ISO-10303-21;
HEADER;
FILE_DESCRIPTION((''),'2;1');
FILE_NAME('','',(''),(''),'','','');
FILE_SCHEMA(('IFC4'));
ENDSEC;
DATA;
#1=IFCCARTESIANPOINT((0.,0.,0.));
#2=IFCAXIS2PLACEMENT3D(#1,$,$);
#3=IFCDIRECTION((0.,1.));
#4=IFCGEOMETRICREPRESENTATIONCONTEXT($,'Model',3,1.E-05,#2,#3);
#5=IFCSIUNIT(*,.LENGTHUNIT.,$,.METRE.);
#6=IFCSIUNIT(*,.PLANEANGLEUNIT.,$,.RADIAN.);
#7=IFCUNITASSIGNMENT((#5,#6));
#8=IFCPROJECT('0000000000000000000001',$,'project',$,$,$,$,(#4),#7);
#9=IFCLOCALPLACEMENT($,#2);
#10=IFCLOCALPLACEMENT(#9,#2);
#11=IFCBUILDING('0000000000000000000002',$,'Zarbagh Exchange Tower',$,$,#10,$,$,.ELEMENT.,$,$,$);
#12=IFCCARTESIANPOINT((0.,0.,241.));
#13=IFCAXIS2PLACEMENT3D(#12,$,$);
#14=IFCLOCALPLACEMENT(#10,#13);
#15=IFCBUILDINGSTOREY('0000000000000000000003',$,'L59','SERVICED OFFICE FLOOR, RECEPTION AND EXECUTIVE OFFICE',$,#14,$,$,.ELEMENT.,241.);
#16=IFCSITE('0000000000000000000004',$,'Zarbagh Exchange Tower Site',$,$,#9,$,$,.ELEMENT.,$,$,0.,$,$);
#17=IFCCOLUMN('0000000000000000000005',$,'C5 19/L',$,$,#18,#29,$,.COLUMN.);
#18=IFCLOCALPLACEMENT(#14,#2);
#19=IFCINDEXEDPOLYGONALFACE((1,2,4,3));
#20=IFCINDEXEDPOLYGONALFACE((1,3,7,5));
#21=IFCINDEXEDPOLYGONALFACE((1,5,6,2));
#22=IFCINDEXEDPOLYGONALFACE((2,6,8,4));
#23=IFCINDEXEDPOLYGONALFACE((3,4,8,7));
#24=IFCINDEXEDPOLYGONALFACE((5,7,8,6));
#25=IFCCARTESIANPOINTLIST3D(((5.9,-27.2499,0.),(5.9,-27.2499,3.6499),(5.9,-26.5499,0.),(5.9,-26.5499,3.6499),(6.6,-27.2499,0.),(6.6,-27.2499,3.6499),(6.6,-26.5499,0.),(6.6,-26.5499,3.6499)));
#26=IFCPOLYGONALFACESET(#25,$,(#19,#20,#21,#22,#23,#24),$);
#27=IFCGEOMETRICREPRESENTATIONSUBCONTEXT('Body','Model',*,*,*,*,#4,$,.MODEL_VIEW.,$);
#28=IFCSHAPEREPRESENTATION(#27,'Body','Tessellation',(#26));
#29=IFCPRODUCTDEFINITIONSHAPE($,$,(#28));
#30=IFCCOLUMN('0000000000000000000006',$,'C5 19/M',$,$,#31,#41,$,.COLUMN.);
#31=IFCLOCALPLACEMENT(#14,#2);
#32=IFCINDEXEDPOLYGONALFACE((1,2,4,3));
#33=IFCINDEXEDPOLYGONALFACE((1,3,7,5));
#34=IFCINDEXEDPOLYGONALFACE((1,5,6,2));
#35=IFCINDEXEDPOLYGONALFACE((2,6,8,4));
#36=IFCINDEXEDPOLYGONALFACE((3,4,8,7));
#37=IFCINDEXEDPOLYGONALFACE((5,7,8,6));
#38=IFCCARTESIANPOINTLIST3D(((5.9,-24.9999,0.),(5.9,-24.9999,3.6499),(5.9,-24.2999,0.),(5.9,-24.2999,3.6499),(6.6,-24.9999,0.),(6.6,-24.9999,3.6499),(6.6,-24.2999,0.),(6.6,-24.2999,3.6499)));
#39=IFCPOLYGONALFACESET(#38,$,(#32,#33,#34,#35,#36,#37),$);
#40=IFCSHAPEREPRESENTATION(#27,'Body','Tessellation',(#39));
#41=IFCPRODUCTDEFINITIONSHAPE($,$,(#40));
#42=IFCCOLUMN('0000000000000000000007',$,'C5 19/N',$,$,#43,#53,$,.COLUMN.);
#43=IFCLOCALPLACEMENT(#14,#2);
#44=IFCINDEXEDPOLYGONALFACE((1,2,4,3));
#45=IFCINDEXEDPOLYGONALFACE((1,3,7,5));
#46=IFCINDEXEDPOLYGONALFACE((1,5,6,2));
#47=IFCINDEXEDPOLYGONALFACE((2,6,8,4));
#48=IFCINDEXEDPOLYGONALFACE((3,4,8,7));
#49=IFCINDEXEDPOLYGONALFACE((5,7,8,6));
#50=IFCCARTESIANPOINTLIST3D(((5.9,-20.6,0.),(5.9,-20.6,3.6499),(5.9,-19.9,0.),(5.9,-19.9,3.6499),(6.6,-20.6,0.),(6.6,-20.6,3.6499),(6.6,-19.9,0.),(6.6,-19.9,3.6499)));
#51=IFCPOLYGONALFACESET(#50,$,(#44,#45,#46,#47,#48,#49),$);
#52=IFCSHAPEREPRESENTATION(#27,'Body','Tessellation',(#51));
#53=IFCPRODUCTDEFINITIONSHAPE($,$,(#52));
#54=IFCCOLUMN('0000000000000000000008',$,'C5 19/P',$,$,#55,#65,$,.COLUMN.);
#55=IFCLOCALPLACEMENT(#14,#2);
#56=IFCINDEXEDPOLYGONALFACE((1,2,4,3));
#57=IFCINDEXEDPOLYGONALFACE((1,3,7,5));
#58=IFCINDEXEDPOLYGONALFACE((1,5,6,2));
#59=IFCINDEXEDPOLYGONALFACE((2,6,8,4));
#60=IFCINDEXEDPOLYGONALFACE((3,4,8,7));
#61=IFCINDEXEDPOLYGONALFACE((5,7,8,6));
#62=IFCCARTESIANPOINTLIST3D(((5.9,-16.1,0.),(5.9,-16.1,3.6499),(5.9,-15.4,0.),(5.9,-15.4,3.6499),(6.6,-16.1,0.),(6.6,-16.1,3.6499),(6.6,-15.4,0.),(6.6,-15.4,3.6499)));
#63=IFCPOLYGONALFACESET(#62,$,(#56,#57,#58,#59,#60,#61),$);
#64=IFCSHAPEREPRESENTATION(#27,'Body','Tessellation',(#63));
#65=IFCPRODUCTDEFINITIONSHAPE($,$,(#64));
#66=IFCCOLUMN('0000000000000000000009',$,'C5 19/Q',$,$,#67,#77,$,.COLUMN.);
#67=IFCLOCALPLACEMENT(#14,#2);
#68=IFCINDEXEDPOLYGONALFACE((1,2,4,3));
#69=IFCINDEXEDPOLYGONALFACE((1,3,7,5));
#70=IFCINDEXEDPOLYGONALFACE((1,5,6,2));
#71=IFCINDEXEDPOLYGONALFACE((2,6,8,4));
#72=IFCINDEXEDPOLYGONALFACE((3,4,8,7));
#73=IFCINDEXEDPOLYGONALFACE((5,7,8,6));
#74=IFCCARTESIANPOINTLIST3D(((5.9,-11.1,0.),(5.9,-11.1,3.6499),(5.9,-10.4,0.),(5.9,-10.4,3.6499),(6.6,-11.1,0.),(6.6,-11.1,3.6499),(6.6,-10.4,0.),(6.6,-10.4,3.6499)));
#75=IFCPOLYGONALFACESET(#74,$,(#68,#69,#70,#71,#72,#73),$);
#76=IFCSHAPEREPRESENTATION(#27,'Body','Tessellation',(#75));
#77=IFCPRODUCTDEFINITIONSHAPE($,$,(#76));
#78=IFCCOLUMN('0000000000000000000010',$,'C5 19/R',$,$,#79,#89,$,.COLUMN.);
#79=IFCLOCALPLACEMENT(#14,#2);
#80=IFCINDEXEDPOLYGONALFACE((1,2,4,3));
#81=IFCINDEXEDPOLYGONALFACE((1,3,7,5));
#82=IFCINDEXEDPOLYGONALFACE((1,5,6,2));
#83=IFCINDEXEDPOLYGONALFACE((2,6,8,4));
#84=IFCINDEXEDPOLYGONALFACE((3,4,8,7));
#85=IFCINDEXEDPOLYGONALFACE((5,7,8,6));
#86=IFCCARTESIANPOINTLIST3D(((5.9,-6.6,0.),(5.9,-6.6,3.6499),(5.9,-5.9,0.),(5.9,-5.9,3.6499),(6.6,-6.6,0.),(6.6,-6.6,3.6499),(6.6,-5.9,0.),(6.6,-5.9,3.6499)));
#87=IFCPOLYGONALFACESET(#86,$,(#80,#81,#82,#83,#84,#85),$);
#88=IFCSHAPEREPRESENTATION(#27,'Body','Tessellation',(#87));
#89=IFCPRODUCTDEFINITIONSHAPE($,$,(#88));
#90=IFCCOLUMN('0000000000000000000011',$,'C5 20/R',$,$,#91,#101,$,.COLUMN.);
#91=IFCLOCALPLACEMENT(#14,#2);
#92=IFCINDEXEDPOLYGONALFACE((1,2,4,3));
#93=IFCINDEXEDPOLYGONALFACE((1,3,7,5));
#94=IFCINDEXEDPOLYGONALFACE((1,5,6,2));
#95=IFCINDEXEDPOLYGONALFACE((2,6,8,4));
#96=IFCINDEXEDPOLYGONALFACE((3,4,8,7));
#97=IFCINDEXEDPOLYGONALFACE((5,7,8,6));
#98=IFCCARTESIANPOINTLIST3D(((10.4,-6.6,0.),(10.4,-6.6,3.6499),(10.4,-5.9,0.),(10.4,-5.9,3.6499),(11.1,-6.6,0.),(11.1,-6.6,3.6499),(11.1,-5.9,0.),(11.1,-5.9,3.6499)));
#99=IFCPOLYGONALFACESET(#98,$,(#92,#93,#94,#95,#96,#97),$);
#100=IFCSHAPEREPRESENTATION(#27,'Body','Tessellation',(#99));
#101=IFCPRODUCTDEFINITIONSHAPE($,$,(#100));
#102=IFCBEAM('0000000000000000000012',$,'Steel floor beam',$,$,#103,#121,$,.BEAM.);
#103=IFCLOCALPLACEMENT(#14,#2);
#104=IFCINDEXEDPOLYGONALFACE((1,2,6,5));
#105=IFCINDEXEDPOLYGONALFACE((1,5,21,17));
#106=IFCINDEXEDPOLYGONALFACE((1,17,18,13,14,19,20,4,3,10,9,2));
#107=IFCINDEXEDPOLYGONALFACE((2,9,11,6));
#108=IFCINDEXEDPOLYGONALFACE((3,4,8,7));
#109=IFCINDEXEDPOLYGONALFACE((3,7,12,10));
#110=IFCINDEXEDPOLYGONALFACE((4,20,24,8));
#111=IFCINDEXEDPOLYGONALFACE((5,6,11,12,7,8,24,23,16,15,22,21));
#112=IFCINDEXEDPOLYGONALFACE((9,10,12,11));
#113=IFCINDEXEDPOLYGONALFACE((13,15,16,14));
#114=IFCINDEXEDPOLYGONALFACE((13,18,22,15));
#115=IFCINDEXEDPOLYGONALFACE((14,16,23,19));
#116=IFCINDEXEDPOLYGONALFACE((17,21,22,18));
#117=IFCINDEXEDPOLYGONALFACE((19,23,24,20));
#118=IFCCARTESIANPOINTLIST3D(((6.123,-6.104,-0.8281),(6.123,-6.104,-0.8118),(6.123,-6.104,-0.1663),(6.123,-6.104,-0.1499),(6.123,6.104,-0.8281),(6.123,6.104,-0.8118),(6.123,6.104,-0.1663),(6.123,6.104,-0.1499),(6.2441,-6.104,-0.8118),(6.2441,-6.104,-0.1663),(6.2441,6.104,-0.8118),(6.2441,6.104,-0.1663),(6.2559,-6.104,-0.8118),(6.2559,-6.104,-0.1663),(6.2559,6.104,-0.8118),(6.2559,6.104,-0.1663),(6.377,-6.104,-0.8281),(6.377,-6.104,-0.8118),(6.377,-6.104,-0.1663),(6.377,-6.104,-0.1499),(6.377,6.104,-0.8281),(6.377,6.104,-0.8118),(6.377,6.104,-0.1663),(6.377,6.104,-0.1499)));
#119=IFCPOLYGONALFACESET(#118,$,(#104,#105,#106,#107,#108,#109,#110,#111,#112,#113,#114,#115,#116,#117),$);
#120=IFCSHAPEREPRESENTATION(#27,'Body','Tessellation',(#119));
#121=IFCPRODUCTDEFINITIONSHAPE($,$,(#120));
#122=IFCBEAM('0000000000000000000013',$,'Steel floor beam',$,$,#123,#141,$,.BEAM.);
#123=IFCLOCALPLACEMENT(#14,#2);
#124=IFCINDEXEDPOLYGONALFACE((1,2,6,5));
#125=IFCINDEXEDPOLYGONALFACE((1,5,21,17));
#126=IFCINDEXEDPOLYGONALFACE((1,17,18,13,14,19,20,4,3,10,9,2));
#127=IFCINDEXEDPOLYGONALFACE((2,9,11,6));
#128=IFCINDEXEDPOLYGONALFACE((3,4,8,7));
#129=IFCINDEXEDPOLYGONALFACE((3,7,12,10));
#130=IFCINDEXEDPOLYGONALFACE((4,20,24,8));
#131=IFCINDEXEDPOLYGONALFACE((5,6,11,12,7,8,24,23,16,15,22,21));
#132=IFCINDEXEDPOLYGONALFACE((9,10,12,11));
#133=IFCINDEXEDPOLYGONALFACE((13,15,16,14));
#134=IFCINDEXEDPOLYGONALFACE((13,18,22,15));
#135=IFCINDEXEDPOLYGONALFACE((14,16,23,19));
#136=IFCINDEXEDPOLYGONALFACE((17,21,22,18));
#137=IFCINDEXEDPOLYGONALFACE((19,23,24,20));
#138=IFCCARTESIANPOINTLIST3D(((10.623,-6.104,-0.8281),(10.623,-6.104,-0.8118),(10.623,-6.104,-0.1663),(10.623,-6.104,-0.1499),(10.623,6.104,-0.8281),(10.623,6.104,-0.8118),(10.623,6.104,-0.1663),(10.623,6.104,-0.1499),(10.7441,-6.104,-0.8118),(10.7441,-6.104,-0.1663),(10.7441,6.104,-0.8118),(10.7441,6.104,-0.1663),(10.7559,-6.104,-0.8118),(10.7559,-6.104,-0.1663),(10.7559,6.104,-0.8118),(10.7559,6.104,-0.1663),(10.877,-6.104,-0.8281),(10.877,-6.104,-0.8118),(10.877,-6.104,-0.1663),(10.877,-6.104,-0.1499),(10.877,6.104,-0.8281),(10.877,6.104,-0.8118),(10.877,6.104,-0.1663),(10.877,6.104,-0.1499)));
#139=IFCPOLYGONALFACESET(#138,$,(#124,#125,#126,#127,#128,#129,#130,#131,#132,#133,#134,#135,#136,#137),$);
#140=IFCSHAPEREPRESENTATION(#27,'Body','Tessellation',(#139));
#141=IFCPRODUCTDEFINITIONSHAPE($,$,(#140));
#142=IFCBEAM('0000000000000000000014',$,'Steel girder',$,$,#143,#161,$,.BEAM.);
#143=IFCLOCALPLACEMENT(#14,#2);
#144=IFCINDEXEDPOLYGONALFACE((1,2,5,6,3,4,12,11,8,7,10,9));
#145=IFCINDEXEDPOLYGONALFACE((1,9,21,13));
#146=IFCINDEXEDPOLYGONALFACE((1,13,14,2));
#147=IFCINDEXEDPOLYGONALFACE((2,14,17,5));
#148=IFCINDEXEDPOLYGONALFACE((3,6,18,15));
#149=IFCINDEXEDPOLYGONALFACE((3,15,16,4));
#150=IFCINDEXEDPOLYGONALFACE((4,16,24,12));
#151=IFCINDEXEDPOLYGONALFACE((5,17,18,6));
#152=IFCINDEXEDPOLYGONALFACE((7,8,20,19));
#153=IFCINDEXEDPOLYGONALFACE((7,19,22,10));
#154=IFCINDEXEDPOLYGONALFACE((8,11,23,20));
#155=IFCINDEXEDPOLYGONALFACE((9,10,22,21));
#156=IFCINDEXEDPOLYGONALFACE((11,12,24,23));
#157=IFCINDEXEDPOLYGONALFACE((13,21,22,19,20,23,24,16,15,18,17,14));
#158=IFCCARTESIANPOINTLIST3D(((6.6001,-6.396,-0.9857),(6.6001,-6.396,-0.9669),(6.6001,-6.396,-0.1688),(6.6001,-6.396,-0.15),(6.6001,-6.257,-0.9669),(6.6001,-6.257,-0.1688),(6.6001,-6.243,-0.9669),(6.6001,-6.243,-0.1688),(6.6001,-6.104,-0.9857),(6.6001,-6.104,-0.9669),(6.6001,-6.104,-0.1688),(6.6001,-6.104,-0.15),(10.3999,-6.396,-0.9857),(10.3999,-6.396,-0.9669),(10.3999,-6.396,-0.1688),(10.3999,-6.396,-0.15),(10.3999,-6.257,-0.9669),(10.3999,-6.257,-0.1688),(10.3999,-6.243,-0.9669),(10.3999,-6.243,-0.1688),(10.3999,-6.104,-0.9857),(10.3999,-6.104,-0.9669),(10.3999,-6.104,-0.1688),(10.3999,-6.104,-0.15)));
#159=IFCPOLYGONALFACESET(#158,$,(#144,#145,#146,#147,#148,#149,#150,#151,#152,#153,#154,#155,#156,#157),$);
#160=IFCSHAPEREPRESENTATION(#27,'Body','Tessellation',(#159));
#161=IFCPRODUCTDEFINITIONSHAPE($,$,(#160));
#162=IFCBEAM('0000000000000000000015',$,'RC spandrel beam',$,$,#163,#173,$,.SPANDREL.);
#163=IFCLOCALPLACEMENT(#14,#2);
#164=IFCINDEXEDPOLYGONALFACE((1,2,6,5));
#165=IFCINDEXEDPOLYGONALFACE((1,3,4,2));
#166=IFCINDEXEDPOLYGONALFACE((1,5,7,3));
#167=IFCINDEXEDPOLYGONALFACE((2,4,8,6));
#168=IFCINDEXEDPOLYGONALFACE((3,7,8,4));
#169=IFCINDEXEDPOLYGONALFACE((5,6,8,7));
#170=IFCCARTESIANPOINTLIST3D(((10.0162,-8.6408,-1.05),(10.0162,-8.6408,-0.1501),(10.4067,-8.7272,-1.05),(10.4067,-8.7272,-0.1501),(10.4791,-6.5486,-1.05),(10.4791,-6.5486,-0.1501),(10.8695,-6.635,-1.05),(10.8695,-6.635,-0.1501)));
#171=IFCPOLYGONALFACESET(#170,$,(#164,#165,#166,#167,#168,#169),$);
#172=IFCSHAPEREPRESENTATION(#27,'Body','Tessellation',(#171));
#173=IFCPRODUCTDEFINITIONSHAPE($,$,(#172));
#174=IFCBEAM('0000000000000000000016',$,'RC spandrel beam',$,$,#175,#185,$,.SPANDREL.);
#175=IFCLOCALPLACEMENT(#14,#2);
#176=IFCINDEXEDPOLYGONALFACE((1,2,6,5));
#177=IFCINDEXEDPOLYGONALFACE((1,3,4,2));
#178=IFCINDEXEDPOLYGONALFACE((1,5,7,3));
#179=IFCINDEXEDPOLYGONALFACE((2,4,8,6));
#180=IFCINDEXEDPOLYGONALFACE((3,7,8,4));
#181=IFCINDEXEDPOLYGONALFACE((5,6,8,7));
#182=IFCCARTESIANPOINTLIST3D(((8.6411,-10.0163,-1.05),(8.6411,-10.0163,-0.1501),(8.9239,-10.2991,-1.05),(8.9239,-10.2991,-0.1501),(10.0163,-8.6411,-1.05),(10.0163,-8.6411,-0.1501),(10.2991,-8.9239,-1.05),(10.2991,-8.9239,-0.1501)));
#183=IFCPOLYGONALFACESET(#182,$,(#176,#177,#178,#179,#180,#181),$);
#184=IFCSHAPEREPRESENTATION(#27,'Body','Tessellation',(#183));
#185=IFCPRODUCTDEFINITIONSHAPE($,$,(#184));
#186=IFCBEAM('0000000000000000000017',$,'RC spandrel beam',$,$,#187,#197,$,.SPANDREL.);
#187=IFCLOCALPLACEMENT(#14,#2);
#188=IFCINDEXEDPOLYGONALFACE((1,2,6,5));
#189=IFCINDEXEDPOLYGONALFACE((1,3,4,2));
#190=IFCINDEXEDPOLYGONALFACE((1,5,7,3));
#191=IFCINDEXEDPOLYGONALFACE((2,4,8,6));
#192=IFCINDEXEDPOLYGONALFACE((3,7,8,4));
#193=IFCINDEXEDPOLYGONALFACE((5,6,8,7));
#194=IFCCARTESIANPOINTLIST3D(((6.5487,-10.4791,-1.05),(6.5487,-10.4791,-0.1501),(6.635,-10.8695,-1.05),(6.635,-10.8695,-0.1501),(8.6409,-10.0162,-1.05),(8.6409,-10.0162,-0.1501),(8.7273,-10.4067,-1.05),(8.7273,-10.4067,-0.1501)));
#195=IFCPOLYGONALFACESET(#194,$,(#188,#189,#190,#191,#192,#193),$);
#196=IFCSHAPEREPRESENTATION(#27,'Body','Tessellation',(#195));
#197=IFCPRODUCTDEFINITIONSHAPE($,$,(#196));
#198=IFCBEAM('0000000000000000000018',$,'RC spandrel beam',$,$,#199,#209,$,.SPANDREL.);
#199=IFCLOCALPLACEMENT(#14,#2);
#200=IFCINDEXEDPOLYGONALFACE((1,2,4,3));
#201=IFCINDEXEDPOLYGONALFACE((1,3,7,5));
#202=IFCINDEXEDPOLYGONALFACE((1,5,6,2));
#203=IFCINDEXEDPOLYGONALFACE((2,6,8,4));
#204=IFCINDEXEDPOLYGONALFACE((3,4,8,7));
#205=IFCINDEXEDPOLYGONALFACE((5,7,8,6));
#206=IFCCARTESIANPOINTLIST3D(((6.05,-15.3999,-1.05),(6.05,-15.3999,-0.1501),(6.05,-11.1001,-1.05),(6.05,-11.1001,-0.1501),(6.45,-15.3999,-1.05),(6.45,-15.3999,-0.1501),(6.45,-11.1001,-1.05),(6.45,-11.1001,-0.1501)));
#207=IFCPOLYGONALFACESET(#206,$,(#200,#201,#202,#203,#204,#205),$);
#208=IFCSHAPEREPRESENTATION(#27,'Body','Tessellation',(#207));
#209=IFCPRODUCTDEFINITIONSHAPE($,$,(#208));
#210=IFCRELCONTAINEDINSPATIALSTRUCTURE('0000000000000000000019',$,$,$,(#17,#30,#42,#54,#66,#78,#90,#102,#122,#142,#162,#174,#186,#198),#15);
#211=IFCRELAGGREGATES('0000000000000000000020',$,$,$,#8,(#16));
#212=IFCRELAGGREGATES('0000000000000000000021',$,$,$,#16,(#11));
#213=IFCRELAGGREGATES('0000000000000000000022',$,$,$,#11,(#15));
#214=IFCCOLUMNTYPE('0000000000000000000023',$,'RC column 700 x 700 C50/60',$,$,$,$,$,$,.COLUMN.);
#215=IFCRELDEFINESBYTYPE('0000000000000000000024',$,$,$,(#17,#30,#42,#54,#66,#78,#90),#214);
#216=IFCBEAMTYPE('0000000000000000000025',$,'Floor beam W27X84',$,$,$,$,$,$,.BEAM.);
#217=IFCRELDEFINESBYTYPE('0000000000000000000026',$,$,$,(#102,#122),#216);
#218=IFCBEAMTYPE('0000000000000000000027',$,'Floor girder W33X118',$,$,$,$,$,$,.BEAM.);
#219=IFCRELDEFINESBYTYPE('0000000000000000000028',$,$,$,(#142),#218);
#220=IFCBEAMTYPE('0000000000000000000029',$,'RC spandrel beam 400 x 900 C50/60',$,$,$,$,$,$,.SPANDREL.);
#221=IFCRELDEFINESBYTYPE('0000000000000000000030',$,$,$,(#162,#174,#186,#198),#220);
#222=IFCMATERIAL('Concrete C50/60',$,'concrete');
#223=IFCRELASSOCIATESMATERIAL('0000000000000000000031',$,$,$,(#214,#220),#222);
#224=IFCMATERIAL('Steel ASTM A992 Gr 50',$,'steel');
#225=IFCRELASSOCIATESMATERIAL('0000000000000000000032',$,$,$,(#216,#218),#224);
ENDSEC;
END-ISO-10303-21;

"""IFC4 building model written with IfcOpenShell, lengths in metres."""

from ifc_helpers import new_model, si_unit, direction, frame, origin, origin_2d, place, context, subcontext, project, spatial, rectangle, i_section, extrude, material, material_profile, profile_set, type_object, element, save


model = new_model("IFC4")

# Units and contexts
model_context = context("Model", 3, precision=1e-05, world=origin(), true_north=direction((0.0, 1.0)))
body_context = subcontext(model_context, "Body", "Model", "MODEL_VIEW")
ifc_project = project(units=[si_unit("LENGTHUNIT", "METRE"), si_unit("PLANEANGLEUNIT", "RADIAN")], contexts=[model_context])

# Site, building, storey
site_placement = place(None, origin())
site = spatial("IfcSite", under=ifc_project, at=site_placement, Name="Zarbagh Exchange Tower Site", CompositionType="ELEMENT", RefElevation=0.0)
building_placement = place(site_placement, origin())
building = spatial("IfcBuilding", under=site, at=building_placement, Name="Zarbagh Exchange Tower", CompositionType="ELEMENT")
storey_placement = place(building_placement, frame((0.0, 0.0, 241.0)))
storey = spatial("IfcBuildingStorey", under=building, at=storey_placement, Name="L59", Description="SERVICED OFFICE FLOOR, RECEPTION AND EXECUTIVE OFFICE", CompositionType="ELEMENT", Elevation=241.0)

# Columns
ifc_material_1 = material(Name="Concrete C50/60", Category="concrete")
ifc_material_profile_1 = material_profile(ifc_material_1, rectangle(XDim=0.7, YDim=0.7, at=origin_2d()), Name="RC column 700 x 700 C50/60")
ifc_profile_set_1 = profile_set([ifc_material_profile_1], Name="Concrete C50/60")
column_type = type_object("IfcColumnType", Name="RC column 700 x 700 C50/60", PredefinedType="COLUMN", material=ifc_profile_set_1)
for number, where, z_axis, x_axis, name in (
    (1, (6.25, -26.8999, 0.0), (0.0, 0.0, 1.0), (1.0, 0.0, 0.0), "C5 19/L"),
    (2, (6.25, -24.6499, 0.0), (0.0, 0.0, 1.0), (1.0, 0.0, 0.0), "C5 19/M"),
    (3, (6.25, -20.25, 0.0), (0.0, 0.0, 1.0), (1.0, 0.0, 0.0), "C5 19/N"),
    (4, (6.25, -15.75, 0.0), (0.0, 0.0, 1.0), (1.0, 0.0, 0.0), "C5 19/P"),
    (5, (6.25, -10.75, 0.0), (0.0, 0.0, 1.0), (1.0, 0.0, 0.0), "C5 19/Q"),
    (6, (6.25, -6.25, 0.0), (0.0, 0.0, 1.0), (1.0, 0.0, 0.0), "C5 19/R"),
    (7, (10.75, -6.25, 0.0), (0.0, 0.0, 1.0), (1.0, 0.0, 0.0), "C5 20/R"),
):
    element("IfcColumn", number, at=place(storey_placement, frame(where, z_axis=z_axis, x_axis=x_axis)), inside=storey, type_object=column_type, Name=name, PredefinedType="COLUMN", context=body_context, shape_type="SweptSolid", body=[
        extrude(rectangle(XDim=0.7, YDim=0.7, at=origin_2d()), origin(), (0.0, 0.0, 1.0), 3.6499),
    ])

# Beams
ifc_material_2 = material(Name="Steel ASTM A992 Gr 50", Category="steel")
ifc_material_profile_2 = material_profile(ifc_material_2, i_section(OverallWidth=0.2539, OverallDepth=0.6782, WebThickness=0.0117, FlangeThickness=0.0164, at=origin_2d()), Name="W27X84")
ifc_profile_set_2 = profile_set([ifc_material_profile_2], Name="Steel ASTM A992 Gr 50")
beam_type_1 = type_object("IfcBeamType", Name="Floor beam W27X84", PredefinedType="BEAM", material=ifc_profile_set_2)
for number, where, z_axis, x_axis, name in (
    (8, (6.25, -6.104, -0.489), (0.0, 1.0, 0.0), (-1.0, 0.0, 0.0), "Steel floor beam"),
    (9, (10.75, -6.104, -0.489), (0.0, 1.0, 0.0), (-1.0, 0.0, 0.0), "Steel floor beam"),
):
    element("IfcBeam", number, at=place(storey_placement, frame(where, z_axis=z_axis, x_axis=x_axis)), inside=storey, type_object=beam_type_1, Name=name, PredefinedType="BEAM", context=body_context, shape_type="SweptSolid", body=[
        extrude(i_section(OverallWidth=0.2539, OverallDepth=0.6782, WebThickness=0.0117, FlangeThickness=0.0164, at=origin_2d()), origin(), (0.0, 0.0, 1.0), 12.208),
    ])
ifc_material_profile_3 = material_profile(ifc_material_2, i_section(OverallWidth=0.292, OverallDepth=0.8357, WebThickness=0.0139, FlangeThickness=0.0188, at=origin_2d()), Name="W33X118")
ifc_profile_set_3 = profile_set([ifc_material_profile_3], Name="Steel ASTM A992 Gr 50")
beam_type_2 = type_object("IfcBeamType", Name="Floor girder W33X118", PredefinedType="BEAM", material=ifc_profile_set_3)
beam_1_placement = place(storey_placement, frame((6.6001, -6.25, -0.5679), z_axis=(1.0, 0.0, 0.0), x_axis=(0.0, 1.0, 0.0)))
element("IfcBeam", 10, at=beam_1_placement, inside=storey, type_object=beam_type_2, Name="Steel girder", PredefinedType="BEAM", context=body_context, shape_type="SweptSolid", body=[
    extrude(i_section(OverallWidth=0.292, OverallDepth=0.8357, WebThickness=0.0139, FlangeThickness=0.0188, at=origin_2d()), origin(), (0.0, 0.0, 1.0), 3.7998),
])
ifc_material_profile_4 = material_profile(ifc_material_1, rectangle(XDim=0.3999, YDim=0.8999, at=origin_2d()), Name="RC spandrel beam 400 x 900 C50/60")
ifc_profile_set_4 = profile_set([ifc_material_profile_4], Name="Concrete C50/60")
beam_type_3 = type_object("IfcBeamType", Name="RC spandrel beam 400 x 900 C50/60", PredefinedType="SPANDREL", material=ifc_profile_set_4)
beam_2_placement = place(storey_placement, frame((10.6743, -6.5918, -0.6001), z_axis=(-0.216014, -0.97639, 0.0), x_axis=(0.97639, -0.216014, 0.0)))
element("IfcBeam", 11, at=beam_2_placement, inside=storey, type_object=beam_type_3, Name="RC spandrel beam", PredefinedType="SPANDREL", context=body_context, shape_type="SweptSolid", body=[
    extrude(rectangle(XDim=0.3999, YDim=0.8999, at=origin_2d()), origin(), (0.0, 0.0, 1.0), 2.1428),
])
beam_3_placement = place(storey_placement, frame((10.1577, -8.7825, -0.6001), z_axis=(-0.707107, -0.707107, 0.0), x_axis=(0.707107, -0.707107, 0.0)))
element("IfcBeam", 12, at=beam_3_placement, inside=storey, type_object=beam_type_3, Name="RC spandrel beam", PredefinedType="SPANDREL", context=body_context, shape_type="SweptSolid", body=[
    extrude(rectangle(XDim=0.3999, YDim=0.8999, at=origin_2d()), origin(), (0.0, 0.0, 1.0), 1.9448),
])
beam_4_placement = place(storey_placement, frame((8.6841, -10.2114, -0.6001), z_axis=(-0.97639, -0.216014, 0.0), x_axis=(0.216014, -0.97639, 0.0)))
element("IfcBeam", 13, at=beam_4_placement, inside=storey, type_object=beam_type_3, Name="RC spandrel beam", PredefinedType="SPANDREL", context=body_context, shape_type="SweptSolid", body=[
    extrude(rectangle(XDim=0.3999, YDim=0.8999, at=origin_2d()), origin(), (0.0, 0.0, 1.0), 2.1428),
])
beam_5_placement = place(storey_placement, frame((6.25, -11.1001, -0.6001), z_axis=(0.0, -1.0, 0.0), x_axis=(1.0, 0.0, 0.0)))
element("IfcBeam", 14, at=beam_5_placement, inside=storey, type_object=beam_type_3, Name="RC spandrel beam", PredefinedType="SPANDREL", context=body_context, shape_type="SweptSolid", body=[
    extrude(rectangle(XDim=0.3999, YDim=0.8999, at=origin_2d()), origin(), (0.0, 0.0, 1.0), 4.2998),
])

save(model, "model.ifc")
